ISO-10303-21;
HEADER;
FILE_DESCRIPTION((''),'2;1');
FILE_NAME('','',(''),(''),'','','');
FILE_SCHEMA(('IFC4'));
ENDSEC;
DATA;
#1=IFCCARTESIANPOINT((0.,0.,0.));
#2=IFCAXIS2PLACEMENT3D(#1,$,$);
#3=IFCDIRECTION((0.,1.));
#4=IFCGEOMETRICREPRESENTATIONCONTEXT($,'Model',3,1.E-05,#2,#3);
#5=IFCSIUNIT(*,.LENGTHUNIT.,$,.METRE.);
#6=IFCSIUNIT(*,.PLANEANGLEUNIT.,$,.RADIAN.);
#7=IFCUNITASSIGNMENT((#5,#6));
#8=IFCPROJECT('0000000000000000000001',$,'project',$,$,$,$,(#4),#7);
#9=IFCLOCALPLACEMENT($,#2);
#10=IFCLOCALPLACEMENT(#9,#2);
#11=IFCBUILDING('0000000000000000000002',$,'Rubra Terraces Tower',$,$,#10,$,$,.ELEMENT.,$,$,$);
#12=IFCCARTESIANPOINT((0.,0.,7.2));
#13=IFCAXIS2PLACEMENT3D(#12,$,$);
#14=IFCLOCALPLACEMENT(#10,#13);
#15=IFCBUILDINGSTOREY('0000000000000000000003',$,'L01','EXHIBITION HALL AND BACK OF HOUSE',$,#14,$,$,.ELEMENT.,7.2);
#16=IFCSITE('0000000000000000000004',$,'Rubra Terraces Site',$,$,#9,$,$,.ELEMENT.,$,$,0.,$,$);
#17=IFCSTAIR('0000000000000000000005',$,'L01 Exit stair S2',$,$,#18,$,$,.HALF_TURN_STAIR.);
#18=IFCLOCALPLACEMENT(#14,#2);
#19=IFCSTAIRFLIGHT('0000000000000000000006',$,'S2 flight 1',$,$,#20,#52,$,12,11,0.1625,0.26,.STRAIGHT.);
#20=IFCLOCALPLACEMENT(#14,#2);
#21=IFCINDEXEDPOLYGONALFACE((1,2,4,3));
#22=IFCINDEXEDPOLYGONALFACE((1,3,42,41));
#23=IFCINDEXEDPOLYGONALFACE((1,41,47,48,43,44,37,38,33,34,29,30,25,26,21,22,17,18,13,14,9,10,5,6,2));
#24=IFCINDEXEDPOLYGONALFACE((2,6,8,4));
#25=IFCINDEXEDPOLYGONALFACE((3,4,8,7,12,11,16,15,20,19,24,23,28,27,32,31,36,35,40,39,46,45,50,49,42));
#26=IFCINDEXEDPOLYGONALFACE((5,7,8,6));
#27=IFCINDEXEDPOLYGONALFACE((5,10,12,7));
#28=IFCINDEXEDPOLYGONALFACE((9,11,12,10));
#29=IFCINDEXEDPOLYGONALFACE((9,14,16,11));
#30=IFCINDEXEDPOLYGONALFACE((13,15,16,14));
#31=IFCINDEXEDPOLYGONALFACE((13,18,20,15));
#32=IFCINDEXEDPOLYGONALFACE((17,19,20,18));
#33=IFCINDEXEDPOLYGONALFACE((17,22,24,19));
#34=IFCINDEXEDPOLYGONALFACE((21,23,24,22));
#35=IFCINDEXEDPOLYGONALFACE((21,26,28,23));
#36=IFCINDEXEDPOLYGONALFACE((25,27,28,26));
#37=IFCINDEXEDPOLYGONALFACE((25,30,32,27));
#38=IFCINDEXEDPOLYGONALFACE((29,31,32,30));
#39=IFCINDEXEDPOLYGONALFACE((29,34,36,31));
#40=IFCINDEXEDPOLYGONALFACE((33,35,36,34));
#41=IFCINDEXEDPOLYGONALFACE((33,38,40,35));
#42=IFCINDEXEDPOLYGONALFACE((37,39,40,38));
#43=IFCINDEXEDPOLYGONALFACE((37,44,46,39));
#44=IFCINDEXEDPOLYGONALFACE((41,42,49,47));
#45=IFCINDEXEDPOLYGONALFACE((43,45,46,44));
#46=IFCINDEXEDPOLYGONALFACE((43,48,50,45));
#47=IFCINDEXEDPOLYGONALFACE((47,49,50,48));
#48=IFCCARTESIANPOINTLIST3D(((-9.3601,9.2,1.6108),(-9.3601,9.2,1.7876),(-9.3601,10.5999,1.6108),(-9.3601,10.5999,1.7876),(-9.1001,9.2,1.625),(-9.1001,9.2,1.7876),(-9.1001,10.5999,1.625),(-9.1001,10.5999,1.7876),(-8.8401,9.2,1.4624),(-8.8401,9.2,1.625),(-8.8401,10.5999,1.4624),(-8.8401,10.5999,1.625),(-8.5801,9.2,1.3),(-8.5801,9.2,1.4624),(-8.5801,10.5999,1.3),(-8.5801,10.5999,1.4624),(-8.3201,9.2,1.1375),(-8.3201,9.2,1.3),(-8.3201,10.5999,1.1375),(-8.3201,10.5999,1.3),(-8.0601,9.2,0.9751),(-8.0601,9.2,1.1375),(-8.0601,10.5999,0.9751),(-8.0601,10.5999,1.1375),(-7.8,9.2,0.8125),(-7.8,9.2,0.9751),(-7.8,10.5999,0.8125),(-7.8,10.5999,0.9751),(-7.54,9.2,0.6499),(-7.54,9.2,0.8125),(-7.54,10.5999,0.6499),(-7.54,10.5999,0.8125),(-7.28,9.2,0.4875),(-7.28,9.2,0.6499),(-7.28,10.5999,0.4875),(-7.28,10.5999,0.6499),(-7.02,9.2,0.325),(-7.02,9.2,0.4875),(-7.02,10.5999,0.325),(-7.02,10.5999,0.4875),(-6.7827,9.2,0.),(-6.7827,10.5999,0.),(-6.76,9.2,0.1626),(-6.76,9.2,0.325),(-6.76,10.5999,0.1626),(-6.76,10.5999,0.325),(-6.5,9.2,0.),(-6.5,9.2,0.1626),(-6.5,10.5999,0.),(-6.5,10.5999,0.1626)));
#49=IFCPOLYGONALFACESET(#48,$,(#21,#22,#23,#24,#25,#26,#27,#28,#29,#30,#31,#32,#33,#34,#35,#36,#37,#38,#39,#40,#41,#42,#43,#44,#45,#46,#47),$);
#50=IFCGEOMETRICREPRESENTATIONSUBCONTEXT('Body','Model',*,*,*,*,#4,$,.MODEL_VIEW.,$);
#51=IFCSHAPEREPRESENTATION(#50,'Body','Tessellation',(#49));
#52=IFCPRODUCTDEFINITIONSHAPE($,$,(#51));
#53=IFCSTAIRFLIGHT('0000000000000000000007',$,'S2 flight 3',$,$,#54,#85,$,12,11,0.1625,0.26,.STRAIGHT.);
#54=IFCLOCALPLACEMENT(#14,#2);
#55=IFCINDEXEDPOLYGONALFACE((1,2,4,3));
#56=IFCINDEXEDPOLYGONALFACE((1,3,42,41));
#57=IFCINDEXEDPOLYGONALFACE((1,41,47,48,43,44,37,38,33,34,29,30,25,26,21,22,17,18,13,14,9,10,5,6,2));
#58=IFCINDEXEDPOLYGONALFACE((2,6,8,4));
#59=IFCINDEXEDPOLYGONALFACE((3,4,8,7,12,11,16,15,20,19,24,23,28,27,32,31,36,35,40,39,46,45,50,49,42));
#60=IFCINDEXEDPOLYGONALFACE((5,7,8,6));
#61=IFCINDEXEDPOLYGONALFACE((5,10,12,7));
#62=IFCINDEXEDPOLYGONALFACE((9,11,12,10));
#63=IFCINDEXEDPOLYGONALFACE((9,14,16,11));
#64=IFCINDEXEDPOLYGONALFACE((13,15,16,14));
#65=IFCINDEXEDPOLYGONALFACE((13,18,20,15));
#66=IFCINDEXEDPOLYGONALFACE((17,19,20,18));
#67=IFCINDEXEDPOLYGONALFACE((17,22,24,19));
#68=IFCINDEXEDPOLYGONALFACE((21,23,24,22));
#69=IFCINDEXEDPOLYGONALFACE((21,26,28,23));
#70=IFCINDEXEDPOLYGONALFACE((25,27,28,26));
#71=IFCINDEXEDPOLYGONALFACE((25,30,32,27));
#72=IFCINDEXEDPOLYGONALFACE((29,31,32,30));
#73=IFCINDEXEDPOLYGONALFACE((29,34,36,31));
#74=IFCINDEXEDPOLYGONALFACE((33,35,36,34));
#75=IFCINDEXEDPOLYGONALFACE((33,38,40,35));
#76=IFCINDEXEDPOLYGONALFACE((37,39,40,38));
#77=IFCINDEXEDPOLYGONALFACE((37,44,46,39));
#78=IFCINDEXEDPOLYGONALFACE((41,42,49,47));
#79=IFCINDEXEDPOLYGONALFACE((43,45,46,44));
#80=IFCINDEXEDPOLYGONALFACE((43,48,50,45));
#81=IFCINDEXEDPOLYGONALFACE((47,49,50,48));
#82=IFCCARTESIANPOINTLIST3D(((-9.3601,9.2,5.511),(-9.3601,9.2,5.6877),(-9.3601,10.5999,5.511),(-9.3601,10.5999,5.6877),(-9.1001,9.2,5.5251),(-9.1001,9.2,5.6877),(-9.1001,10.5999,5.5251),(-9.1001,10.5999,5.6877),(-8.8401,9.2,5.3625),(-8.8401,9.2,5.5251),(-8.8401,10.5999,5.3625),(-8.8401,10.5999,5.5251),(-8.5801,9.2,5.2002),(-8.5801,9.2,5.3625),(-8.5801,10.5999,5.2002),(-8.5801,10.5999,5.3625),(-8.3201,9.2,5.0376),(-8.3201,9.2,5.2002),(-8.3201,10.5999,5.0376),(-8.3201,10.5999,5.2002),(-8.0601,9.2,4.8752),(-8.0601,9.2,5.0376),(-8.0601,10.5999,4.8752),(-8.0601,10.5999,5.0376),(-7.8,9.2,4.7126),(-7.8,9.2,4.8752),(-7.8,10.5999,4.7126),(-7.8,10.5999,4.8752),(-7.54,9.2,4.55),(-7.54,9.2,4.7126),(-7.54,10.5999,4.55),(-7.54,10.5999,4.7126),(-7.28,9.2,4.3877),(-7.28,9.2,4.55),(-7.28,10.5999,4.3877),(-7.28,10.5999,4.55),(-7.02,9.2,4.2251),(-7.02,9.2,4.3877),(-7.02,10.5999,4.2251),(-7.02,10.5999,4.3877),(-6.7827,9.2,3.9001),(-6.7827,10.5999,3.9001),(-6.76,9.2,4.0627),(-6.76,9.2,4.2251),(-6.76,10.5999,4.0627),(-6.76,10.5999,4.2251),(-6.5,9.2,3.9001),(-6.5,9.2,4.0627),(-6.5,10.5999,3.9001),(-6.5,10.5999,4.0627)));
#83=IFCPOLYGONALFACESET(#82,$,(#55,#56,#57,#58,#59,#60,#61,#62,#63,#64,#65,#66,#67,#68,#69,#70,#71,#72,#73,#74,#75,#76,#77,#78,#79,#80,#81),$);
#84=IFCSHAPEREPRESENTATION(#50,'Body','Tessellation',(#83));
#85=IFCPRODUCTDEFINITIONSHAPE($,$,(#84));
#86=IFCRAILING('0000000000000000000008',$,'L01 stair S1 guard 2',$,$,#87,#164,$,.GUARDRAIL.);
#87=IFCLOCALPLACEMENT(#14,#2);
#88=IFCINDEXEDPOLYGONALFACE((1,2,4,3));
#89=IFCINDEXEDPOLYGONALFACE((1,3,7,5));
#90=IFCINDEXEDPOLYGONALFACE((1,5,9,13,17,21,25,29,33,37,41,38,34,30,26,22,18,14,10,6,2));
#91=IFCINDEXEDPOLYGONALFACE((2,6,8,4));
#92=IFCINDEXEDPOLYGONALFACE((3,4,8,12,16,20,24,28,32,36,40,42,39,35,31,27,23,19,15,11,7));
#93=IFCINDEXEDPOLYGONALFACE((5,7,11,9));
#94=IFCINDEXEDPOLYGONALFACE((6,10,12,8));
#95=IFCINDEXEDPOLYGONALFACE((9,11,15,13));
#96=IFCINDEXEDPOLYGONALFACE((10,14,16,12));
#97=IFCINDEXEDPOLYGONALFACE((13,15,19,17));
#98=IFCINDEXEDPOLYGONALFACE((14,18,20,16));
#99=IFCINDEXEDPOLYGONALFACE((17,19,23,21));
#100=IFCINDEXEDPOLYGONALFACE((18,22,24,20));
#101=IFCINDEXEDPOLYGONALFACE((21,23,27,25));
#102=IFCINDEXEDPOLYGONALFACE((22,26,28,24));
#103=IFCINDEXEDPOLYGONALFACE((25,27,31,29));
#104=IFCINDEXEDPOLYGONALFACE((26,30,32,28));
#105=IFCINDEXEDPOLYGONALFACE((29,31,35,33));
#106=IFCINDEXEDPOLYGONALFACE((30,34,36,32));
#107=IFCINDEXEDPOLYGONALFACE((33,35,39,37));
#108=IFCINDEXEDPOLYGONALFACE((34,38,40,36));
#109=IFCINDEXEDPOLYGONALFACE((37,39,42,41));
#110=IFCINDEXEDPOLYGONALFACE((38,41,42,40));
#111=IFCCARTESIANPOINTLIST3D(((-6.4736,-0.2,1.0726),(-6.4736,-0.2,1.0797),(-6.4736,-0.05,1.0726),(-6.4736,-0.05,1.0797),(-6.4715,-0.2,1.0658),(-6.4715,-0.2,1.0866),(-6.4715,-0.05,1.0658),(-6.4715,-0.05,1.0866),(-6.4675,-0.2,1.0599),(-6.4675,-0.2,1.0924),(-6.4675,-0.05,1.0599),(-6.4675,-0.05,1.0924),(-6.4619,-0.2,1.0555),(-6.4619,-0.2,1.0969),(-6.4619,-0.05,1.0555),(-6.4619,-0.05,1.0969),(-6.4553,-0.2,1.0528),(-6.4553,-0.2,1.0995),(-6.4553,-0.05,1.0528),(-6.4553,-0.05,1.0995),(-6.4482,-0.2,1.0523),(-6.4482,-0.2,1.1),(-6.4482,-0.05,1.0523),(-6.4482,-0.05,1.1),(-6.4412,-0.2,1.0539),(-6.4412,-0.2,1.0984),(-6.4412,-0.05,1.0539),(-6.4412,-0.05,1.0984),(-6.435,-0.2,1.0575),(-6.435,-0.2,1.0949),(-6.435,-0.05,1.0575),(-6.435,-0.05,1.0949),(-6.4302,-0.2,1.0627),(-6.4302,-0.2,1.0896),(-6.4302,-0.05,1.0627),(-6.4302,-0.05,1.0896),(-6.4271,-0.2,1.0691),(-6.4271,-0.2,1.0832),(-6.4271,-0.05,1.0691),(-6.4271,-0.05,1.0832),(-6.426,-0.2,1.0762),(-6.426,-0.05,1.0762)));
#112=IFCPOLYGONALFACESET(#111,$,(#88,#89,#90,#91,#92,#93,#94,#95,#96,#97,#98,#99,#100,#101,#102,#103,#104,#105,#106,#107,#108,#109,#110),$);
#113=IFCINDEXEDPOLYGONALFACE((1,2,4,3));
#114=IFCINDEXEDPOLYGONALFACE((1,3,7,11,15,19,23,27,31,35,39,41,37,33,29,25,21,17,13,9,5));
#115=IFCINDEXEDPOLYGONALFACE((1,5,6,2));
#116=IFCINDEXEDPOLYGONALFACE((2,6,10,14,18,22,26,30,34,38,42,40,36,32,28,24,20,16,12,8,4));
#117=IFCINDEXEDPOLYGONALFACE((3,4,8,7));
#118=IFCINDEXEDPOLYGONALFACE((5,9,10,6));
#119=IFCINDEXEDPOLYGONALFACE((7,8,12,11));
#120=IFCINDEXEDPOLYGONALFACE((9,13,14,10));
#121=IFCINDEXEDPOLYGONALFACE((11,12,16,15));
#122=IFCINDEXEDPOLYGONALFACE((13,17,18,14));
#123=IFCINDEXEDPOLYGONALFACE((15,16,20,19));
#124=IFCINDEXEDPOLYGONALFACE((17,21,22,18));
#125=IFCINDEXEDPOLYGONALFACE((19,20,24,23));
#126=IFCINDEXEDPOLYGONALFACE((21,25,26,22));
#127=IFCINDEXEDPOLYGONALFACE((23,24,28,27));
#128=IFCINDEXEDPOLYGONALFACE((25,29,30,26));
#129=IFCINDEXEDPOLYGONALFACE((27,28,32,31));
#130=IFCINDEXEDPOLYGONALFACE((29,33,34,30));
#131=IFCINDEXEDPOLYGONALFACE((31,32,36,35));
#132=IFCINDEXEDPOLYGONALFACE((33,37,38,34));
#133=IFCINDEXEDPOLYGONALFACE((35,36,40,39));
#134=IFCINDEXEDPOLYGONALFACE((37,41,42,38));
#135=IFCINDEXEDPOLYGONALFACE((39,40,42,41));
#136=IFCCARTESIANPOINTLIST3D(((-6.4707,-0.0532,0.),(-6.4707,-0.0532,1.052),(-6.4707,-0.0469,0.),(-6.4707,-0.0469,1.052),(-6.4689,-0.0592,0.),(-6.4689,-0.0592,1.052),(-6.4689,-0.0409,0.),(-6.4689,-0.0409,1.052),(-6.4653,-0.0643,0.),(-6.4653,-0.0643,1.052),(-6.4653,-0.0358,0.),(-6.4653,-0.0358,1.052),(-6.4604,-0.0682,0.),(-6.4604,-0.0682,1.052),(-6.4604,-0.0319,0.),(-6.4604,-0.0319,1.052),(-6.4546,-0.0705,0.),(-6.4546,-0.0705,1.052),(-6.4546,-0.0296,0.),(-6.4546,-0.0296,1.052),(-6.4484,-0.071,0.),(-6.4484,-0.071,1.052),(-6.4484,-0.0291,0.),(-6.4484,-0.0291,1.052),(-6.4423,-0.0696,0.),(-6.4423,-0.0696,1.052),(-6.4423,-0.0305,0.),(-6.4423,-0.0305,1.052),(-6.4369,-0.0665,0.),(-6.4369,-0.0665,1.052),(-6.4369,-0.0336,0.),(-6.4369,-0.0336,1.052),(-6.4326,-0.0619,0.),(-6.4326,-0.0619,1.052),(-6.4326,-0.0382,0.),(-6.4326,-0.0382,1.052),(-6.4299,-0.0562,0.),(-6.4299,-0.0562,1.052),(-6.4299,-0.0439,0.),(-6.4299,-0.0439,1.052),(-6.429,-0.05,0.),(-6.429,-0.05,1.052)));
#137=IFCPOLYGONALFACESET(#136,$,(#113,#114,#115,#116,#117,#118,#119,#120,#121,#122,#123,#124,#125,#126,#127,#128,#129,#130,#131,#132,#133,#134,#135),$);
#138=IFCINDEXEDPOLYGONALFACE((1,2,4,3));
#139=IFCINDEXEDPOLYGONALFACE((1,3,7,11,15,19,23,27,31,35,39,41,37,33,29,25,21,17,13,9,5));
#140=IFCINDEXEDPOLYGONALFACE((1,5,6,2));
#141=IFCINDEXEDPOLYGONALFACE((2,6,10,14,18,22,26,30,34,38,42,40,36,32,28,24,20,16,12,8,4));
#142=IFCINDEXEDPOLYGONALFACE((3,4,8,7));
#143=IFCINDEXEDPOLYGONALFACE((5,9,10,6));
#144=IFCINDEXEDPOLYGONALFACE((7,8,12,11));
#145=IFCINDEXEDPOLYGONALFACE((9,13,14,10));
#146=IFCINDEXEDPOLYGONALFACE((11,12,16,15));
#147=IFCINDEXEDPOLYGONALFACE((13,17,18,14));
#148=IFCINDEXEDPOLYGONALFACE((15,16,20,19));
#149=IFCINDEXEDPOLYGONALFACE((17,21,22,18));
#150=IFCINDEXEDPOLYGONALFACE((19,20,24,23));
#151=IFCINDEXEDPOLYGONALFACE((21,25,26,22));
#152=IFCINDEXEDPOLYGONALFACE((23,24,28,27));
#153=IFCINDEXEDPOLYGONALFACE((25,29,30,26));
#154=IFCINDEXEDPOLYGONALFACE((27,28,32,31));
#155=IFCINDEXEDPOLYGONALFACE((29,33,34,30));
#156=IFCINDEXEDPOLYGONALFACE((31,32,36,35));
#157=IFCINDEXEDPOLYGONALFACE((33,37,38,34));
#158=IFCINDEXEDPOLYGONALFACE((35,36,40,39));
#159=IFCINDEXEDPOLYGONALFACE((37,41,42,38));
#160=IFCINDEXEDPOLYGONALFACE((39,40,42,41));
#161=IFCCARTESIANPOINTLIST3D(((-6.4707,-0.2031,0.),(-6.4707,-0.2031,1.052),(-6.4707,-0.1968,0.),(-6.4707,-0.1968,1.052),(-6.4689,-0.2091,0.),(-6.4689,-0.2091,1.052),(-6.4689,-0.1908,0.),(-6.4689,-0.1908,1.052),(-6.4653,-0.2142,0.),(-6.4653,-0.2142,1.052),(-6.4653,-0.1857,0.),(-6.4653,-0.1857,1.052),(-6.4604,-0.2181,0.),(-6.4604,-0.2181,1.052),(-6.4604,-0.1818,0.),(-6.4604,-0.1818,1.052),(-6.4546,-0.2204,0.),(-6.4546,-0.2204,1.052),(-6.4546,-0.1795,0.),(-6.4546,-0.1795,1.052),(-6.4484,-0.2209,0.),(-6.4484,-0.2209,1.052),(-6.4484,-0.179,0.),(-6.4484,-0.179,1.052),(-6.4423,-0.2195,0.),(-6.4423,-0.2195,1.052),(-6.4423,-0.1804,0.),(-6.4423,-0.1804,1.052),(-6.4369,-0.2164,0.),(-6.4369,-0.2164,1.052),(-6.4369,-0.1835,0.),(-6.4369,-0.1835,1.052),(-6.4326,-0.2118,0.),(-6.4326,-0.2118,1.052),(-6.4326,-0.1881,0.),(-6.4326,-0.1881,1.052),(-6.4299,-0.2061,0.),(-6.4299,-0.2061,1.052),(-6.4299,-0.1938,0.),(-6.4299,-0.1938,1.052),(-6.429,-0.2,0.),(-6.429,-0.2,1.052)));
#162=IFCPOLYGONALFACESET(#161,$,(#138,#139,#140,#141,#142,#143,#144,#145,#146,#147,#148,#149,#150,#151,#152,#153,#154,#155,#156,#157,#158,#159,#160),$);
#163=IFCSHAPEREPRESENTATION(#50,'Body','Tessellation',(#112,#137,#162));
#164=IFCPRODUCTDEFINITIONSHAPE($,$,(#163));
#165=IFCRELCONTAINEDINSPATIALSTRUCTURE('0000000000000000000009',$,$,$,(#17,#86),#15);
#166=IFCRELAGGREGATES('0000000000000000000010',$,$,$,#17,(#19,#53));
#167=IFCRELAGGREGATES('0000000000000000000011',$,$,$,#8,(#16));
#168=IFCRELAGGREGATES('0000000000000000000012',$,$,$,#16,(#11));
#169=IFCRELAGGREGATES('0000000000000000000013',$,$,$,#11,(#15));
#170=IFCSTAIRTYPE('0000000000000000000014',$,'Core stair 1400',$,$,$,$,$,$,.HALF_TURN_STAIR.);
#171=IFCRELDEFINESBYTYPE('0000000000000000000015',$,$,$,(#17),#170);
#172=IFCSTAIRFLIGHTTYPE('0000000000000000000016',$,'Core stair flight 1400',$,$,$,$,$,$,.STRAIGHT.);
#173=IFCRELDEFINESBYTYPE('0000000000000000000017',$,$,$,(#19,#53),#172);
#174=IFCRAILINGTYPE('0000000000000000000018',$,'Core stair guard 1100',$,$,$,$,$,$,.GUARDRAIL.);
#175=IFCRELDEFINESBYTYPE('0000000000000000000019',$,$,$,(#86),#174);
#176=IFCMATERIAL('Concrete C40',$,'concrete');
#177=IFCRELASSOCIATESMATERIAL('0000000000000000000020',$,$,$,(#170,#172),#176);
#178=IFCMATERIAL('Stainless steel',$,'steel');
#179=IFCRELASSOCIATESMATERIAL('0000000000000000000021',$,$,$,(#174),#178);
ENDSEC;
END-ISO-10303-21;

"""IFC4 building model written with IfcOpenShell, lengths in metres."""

from ifc_helpers import new_model, si_unit, direction, frame, origin, origin_2d, place, context, subcontext, project, spatial, polyline, circle, outline, extrude, material, type_object, element, aggregate, save


model = new_model("IFC4")

# Units and contexts
model_context = context("Model", 3, precision=1e-05, world=origin(), true_north=direction((0.0, 1.0)))
body_context = subcontext(model_context, "Body", "Model", "MODEL_VIEW")
ifc_project = project(units=[si_unit("LENGTHUNIT", "METRE"), si_unit("PLANEANGLEUNIT", "RADIAN")], contexts=[model_context])

# Site, building, storey
site_placement = place(None, origin())
site = spatial("IfcSite", under=ifc_project, at=site_placement, Name="Rubra Terraces Site", CompositionType="ELEMENT", RefElevation=0.0)
building_placement = place(site_placement, origin())
building = spatial("IfcBuilding", under=site, at=building_placement, Name="Rubra Terraces Tower", CompositionType="ELEMENT")
storey_placement = place(building_placement, frame((0.0, 0.0, 7.2)))
storey = spatial("IfcBuildingStorey", under=building, at=storey_placement, Name="L01", Description="EXHIBITION HALL AND BACK OF HOUSE", CompositionType="ELEMENT", Elevation=7.2)

# Shared definitions
ifc_material_1 = material(Name="Concrete C40", Category="concrete")

# Shared definitions
ifc_material_2 = material(Name="Stainless steel", Category="steel")

# Stair, stair flights
stair_type = type_object("IfcStairType", Name="Core stair 1400", PredefinedType="HALF_TURN_STAIR", material=ifc_material_1)
stair_flight_type = type_object("IfcStairFlightType", Name="Core stair flight 1400", PredefinedType="STRAIGHT", material=ifc_material_1)
stair_1_placement = place(storey_placement, origin())
stair_1 = element("IfcStair", 1, at=stair_1_placement, inside=storey, type_object=stair_type, Name="L01 Exit stair S2", PredefinedType="HALF_TURN_STAIR")
stair_flight_1_placement = place(storey_placement, frame((-6.5, 9.8999, 0.0), z_axis=(0.0, 0.0, 1.0), x_axis=(-1.0, 0.0, 0.0)))
stair_flight_1 = element("IfcStairFlight", 2, at=stair_flight_1_placement, type_object=stair_flight_type, Name="S2 flight 1", NumberOfRisers=12, NumberOfTreads=11, PredefinedType="STRAIGHT", RiserHeight=0.1625, TreadLength=0.26, context=body_context, shape_type="SweptSolid", body=[
    extrude(outline(polyline([(0.0, 0.0), (0.0, 0.1626), (0.26, 0.1626), (0.26, 0.325), (0.52, 0.325), (0.52, 0.4875), (0.78, 0.4875), (0.78, 0.6499), (1.04, 0.6499), (1.04, 0.8125), (1.3, 0.8125), (1.3, 0.9751), (1.5601, 0.9751), (1.5601, 1.1375), (1.8201, 1.1375), (1.8201, 1.3), (2.0801, 1.3), (2.0801, 1.4624), (2.3401, 1.4624), (2.3401, 1.625), (2.6001, 1.625), (2.6001, 1.7876), (2.8601, 1.7876), (2.8601, 1.95), (2.8601, 1.6108), (0.2827, 0.0), (0.0, 0.0)])), frame((0.0, 0.7, 0.0), z_axis=(0.0, -1.0, 0.0), x_axis=(1.0, 0.0, 0.0)), (0.0, 0.0, 1.0), 1.3999),
])
stair_flight_2_placement = place(storey_placement, frame((-6.5, 9.8999, 3.9001), z_axis=(0.0, 0.0, 1.0), x_axis=(-1.0, 0.0, 0.0)))
stair_flight_2 = element("IfcStairFlight", 3, at=stair_flight_2_placement, type_object=stair_flight_type, Name="S2 flight 3", NumberOfRisers=12, NumberOfTreads=11, PredefinedType="STRAIGHT", RiserHeight=0.1625, TreadLength=0.26, context=body_context, shape_type="SweptSolid", body=[
    extrude(outline(polyline([(0.0, 0.0), (0.0, 0.1626), (0.26, 0.1626), (0.26, 0.325), (0.52, 0.325), (0.52, 0.4875), (0.78, 0.4875), (0.78, 0.6499), (1.04, 0.6499), (1.04, 0.8125), (1.3, 0.8125), (1.3, 0.9751), (1.5601, 0.9751), (1.5601, 1.1375), (1.8201, 1.1375), (1.8201, 1.3), (2.0801, 1.3), (2.0801, 1.4624), (2.3401, 1.4624), (2.3401, 1.625), (2.6001, 1.625), (2.6001, 1.7876), (2.8601, 1.7876), (2.8601, 1.95), (2.8601, 1.6108), (0.2827, 0.0), (0.0, 0.0)])), frame((0.0, 0.7, 0.0), z_axis=(0.0, -1.0, 0.0), x_axis=(1.0, 0.0, 0.0)), (0.0, 0.0, 1.0), 1.3999),
])
aggregate(stair_1, [stair_flight_1, stair_flight_2])

# Railing
railing_type_1 = type_object("IfcRailingType", Name="Core stair guard 1100", PredefinedType="GUARDRAIL", material=ifc_material_2)
railing_1_placement = place(storey_placement, frame((-6.45, -0.05, 0.0)))
element("IfcRailing", 4, at=railing_1_placement, inside=storey, type_object=railing_type_1, Name="L01 stair S1 guard 2", PredefinedType="GUARDRAIL", context=body_context, shape_type="SweptSolid", body=[
    extrude(circle(Radius=0.0239, at=origin_2d()), frame((0.0, 0.0, 1.0762), z_axis=(0.0, -1.0, 0.0), x_axis=(1.0, 0.0, 0.0)), (0.0, 0.0, 1.0), 0.1499),
    extrude(circle(Radius=0.021, at=origin_2d()), origin(), (0.0, 0.0, 1.0), 1.052),
    extrude(circle(Radius=0.021, at=origin_2d()), frame((0.0, -0.1499, 0.0)), (0.0, 0.0, 1.0), 1.052),
])

save(model, "model.ifc")
